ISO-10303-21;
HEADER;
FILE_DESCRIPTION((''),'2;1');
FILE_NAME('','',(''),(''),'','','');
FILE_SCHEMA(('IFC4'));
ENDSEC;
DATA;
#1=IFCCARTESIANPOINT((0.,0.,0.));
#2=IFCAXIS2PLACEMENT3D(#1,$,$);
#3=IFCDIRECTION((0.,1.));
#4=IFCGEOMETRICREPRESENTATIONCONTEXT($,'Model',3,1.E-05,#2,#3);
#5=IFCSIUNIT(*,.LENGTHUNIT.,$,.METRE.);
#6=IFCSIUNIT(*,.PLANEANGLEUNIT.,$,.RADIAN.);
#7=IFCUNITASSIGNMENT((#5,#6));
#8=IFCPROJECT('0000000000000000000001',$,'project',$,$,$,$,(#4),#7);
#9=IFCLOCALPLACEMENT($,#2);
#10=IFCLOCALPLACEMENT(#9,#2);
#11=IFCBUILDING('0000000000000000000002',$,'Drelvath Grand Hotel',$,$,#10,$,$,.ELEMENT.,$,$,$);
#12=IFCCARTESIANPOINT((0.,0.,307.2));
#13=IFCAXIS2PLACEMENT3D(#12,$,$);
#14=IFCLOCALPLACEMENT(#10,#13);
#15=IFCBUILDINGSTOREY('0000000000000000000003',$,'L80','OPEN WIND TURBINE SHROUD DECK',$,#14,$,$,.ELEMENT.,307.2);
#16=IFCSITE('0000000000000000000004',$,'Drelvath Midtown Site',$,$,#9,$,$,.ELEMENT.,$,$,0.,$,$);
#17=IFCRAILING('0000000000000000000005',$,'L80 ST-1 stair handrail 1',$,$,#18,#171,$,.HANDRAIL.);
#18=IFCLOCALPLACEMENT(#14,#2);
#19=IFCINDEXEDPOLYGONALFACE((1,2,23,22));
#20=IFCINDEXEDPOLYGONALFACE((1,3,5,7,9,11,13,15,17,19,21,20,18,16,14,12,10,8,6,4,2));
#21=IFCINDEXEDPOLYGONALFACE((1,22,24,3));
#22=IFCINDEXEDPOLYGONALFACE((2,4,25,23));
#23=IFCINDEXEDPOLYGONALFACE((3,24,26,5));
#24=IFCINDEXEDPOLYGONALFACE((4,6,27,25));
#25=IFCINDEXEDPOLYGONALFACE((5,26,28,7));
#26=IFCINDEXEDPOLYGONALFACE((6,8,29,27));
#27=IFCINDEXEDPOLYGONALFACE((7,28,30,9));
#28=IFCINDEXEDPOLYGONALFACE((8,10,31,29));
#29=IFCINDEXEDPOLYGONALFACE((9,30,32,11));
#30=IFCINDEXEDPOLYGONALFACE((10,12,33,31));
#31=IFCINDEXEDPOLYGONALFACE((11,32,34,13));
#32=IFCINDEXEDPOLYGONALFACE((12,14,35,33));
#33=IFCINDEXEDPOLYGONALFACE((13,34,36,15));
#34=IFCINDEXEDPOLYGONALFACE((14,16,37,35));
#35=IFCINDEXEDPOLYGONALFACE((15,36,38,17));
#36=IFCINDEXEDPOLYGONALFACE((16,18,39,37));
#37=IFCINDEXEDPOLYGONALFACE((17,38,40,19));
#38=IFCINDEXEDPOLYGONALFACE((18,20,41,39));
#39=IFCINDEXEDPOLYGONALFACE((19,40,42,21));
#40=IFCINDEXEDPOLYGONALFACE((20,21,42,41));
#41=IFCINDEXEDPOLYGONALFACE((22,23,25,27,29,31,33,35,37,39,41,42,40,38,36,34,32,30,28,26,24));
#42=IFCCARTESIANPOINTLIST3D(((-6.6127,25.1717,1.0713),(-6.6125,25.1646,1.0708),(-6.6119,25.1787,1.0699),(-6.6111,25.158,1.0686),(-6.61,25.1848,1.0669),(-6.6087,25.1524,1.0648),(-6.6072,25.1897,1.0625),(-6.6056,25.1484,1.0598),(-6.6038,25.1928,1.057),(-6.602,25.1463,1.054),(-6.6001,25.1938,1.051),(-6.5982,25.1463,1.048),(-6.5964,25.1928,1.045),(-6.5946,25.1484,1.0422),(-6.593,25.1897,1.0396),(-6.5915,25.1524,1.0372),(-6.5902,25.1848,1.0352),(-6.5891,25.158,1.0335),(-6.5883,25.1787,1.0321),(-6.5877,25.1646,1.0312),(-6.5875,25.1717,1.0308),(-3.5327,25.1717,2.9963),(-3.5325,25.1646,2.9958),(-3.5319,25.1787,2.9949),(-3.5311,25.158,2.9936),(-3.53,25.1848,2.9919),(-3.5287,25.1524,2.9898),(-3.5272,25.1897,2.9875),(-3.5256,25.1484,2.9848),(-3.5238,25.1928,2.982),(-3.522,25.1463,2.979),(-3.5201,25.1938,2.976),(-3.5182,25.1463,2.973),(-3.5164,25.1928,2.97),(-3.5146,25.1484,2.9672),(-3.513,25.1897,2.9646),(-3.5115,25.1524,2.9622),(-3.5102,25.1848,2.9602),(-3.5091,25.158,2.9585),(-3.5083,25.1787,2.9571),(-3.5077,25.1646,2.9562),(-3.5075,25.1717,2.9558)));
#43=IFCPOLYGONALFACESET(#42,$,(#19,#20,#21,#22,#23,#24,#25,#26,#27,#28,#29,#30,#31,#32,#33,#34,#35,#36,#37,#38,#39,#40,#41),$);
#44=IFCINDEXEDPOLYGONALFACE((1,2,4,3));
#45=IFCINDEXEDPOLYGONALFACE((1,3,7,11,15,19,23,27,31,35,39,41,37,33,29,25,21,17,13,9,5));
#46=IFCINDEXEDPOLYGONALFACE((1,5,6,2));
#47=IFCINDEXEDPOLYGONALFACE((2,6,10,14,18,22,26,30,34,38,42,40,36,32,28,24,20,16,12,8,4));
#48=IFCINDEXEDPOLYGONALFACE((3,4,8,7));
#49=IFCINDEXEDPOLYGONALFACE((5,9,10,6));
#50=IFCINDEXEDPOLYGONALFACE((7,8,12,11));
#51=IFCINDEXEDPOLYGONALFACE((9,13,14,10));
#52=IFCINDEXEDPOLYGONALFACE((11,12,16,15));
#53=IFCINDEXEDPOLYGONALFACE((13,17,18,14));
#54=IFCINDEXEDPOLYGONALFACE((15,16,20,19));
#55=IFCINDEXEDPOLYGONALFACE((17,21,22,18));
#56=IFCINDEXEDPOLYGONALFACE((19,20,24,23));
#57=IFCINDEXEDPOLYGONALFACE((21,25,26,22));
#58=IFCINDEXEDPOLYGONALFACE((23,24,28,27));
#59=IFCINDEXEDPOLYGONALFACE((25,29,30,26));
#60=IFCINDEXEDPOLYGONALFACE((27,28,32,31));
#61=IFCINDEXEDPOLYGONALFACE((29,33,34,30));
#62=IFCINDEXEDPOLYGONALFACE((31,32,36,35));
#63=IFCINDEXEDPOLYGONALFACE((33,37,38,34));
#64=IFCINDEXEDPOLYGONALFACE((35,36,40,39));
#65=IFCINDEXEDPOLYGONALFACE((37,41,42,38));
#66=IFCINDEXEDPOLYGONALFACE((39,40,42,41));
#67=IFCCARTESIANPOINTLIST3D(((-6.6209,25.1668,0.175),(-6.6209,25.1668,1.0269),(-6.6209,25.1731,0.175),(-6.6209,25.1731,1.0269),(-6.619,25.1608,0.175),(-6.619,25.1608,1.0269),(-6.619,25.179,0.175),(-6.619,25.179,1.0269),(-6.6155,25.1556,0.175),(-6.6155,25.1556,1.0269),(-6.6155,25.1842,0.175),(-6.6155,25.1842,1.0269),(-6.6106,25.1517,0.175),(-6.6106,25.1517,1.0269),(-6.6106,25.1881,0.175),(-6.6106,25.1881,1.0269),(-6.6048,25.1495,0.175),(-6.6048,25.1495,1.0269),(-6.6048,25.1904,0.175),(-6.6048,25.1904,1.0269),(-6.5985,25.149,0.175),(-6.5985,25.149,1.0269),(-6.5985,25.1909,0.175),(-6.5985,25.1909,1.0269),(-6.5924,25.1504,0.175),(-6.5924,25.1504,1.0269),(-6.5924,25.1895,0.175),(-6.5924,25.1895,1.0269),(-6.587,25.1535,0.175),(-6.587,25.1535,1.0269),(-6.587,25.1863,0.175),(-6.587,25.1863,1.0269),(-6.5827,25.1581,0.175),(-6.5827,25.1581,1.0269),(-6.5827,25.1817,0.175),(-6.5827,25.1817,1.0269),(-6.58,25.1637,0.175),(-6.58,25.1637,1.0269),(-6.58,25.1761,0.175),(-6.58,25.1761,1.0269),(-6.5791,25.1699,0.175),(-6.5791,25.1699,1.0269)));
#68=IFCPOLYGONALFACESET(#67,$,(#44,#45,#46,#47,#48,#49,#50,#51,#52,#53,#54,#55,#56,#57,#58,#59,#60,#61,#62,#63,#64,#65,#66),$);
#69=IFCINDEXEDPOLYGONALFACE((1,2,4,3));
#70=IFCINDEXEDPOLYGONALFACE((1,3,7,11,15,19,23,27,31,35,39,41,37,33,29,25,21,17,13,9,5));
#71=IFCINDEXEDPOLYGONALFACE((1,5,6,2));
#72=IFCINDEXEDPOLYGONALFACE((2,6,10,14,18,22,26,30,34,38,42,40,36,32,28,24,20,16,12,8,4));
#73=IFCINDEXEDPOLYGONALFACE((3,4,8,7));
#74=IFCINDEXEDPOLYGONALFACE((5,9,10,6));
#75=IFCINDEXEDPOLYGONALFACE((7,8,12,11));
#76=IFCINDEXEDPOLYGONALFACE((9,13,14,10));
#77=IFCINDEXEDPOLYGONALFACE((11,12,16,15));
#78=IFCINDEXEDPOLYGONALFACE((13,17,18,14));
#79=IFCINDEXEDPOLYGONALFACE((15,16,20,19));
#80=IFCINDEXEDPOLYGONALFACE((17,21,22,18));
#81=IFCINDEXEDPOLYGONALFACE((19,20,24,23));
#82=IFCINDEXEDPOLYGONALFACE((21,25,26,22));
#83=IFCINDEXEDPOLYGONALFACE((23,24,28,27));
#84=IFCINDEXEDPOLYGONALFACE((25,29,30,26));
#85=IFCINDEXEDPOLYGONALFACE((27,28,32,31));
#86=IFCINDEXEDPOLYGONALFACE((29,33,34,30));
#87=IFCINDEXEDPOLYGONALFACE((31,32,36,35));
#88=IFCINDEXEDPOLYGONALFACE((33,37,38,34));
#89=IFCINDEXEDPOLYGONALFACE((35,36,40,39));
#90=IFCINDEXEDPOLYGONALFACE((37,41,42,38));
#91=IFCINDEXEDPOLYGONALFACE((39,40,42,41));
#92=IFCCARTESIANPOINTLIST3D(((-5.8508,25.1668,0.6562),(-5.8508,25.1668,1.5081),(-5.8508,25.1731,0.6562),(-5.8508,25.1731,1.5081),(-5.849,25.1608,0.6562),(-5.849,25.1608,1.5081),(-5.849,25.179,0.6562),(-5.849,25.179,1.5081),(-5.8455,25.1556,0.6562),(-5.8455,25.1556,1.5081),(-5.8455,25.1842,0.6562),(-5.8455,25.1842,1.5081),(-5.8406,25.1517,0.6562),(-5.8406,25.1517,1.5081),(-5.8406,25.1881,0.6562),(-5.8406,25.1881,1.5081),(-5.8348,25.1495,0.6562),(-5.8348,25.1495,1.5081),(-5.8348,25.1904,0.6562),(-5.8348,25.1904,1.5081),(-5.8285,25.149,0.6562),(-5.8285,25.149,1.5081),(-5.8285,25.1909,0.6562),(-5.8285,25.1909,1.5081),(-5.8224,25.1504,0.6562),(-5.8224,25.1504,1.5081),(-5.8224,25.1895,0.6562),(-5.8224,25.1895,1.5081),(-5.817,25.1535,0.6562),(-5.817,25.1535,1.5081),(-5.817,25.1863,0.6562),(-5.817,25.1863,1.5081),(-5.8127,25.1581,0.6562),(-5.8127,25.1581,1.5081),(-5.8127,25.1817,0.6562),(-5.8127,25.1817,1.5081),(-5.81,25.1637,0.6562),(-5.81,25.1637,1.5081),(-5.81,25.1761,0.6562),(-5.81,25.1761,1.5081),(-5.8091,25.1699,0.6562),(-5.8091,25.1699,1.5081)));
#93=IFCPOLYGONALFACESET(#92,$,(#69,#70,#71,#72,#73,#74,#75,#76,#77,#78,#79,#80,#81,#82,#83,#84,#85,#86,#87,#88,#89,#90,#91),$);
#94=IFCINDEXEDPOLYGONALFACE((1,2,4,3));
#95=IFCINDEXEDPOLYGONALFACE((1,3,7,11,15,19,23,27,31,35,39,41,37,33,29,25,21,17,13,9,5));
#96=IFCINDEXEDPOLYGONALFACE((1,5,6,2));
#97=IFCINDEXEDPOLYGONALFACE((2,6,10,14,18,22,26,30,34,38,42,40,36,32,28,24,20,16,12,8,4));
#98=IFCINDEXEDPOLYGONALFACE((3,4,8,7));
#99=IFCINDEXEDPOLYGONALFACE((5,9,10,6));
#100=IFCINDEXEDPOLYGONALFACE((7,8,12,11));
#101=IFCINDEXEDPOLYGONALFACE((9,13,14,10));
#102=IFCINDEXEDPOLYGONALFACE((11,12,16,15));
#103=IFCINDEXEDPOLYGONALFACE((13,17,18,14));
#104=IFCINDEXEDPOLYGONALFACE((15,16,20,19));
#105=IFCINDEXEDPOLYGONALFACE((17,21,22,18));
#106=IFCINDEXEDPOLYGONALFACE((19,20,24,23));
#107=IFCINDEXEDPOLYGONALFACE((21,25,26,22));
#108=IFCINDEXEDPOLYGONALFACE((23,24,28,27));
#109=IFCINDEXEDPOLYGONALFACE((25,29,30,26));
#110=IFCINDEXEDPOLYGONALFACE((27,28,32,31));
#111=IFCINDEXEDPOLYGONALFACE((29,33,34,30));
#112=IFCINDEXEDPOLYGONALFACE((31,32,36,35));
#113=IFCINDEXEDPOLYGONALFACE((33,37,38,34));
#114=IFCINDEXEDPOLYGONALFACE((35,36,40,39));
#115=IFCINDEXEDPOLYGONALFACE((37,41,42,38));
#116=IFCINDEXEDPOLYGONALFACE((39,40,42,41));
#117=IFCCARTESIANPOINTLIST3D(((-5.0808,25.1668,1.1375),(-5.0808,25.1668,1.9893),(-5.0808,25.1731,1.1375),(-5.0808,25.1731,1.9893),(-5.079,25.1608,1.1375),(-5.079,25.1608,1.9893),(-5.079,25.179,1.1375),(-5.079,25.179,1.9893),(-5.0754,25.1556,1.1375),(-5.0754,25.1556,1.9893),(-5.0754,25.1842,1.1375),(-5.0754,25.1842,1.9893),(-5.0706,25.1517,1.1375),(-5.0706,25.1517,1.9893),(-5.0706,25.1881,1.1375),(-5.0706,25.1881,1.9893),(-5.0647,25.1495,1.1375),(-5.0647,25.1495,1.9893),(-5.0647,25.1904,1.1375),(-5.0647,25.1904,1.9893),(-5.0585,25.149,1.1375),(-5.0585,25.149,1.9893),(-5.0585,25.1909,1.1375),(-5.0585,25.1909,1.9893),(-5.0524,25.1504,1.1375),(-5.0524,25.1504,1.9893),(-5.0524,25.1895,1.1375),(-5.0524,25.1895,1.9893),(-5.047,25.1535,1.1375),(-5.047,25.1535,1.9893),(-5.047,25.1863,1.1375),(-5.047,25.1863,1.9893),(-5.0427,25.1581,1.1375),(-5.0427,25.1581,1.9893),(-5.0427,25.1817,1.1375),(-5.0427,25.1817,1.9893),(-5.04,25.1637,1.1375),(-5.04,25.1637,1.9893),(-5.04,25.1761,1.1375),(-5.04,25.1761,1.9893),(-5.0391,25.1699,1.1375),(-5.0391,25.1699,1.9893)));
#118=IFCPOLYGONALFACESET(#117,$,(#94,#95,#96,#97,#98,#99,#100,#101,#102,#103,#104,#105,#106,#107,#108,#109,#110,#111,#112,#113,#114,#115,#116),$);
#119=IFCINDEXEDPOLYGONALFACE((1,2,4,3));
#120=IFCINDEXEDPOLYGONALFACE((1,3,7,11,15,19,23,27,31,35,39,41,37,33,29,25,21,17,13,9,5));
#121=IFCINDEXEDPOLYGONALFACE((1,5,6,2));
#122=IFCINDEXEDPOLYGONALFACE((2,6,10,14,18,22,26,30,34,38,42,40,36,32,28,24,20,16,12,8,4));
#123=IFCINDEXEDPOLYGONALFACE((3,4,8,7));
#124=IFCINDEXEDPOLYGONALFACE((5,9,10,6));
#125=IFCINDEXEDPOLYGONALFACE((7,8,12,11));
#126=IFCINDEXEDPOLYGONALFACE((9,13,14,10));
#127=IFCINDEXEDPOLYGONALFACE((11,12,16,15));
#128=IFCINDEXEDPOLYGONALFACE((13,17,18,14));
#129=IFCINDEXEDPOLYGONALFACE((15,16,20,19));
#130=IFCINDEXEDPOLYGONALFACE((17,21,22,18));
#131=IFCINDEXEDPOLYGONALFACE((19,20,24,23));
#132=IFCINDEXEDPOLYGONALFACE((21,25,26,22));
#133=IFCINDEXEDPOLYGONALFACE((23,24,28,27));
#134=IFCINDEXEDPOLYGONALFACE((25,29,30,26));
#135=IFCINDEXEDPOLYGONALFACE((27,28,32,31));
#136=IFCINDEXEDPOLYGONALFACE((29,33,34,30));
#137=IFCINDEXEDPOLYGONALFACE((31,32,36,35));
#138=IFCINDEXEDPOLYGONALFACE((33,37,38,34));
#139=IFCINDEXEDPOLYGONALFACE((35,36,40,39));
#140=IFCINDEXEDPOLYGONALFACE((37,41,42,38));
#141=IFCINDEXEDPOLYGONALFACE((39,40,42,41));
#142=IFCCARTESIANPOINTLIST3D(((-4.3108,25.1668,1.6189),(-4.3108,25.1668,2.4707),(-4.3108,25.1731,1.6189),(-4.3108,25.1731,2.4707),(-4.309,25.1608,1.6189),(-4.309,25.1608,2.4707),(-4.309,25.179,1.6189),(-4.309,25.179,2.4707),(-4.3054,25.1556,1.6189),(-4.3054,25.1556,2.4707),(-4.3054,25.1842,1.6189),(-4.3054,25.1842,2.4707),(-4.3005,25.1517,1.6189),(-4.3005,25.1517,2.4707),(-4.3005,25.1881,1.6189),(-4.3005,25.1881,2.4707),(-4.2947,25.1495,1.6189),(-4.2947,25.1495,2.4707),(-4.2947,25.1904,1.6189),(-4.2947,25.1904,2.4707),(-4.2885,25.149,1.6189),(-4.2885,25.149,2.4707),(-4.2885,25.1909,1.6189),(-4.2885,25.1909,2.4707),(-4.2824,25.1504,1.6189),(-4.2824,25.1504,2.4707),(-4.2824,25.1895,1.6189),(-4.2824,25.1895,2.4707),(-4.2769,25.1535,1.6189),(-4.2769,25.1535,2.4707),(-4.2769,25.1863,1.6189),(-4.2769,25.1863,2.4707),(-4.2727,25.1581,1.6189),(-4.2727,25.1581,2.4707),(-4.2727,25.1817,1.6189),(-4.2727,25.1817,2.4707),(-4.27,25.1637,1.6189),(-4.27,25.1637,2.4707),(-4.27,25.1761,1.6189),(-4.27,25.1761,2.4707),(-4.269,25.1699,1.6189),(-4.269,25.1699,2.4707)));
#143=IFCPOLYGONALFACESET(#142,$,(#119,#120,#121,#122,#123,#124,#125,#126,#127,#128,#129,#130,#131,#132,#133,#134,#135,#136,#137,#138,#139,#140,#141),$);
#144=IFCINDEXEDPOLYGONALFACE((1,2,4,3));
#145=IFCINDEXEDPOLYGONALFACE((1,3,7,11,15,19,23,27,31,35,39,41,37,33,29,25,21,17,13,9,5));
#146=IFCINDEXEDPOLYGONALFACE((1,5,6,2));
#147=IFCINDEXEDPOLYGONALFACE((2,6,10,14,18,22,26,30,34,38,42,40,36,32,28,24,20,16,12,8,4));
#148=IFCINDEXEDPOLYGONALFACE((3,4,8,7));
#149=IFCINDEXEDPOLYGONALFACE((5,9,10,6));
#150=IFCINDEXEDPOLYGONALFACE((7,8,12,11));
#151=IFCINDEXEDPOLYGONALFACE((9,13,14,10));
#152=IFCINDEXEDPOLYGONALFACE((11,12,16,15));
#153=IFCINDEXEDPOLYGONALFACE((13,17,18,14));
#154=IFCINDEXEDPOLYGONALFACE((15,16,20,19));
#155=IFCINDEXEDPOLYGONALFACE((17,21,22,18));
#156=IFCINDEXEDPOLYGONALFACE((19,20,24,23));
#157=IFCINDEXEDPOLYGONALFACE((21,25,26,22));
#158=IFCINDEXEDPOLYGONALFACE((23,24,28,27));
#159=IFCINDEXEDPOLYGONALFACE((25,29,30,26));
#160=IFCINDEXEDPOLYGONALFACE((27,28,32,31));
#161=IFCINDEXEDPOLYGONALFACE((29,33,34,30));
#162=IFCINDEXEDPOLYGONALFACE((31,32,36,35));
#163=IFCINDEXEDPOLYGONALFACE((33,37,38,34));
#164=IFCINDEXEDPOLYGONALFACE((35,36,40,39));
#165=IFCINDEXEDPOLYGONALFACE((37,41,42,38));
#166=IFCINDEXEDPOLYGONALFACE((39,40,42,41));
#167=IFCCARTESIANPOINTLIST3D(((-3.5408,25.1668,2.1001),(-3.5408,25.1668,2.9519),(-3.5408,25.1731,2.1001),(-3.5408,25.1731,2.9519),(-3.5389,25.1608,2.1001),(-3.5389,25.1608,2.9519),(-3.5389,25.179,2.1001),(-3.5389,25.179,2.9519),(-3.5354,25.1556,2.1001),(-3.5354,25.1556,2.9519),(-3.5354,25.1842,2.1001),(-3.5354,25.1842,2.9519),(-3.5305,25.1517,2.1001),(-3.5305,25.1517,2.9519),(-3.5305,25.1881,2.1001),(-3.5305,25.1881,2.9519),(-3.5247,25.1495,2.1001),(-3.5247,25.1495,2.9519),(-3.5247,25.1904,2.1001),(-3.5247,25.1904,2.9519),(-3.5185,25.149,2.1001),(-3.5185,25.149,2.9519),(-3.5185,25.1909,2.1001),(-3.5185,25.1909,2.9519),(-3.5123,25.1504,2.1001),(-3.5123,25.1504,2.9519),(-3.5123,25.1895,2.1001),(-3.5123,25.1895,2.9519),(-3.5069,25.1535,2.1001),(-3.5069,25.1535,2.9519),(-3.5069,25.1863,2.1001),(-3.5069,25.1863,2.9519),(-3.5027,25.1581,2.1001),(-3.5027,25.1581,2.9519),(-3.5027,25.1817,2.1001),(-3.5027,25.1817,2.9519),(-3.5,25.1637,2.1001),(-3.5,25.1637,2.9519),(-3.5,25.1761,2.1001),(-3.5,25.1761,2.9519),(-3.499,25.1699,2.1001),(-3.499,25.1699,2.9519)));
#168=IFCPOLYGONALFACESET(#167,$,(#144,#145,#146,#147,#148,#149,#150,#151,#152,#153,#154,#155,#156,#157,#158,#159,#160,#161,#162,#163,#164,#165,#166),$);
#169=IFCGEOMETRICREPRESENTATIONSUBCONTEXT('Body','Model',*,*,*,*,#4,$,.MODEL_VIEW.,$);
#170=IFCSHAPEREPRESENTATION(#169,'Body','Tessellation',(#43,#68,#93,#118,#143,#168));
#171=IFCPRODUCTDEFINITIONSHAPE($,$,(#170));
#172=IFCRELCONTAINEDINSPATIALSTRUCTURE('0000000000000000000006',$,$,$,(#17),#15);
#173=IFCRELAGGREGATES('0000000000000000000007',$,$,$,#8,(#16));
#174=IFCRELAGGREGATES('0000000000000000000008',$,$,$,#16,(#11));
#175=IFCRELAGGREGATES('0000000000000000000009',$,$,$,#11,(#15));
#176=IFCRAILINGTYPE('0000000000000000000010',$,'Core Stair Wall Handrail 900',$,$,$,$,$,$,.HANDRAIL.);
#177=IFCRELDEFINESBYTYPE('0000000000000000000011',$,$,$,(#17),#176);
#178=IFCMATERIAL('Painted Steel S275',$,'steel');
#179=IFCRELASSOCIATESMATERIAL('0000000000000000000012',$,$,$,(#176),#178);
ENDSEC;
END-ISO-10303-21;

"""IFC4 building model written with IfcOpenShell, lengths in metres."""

from ifc_helpers import new_model, si_unit, direction, frame, origin, origin_2d, place, context, subcontext, project, spatial, circle, extrude, material, type_object, element, save


model = new_model("IFC4")

# Units and contexts
model_context = context("Model", 3, precision=1e-05, world=origin(), true_north=direction((0.0, 1.0)))
body_context = subcontext(model_context, "Body", "Model", "MODEL_VIEW")
ifc_project = project(units=[si_unit("LENGTHUNIT", "METRE"), si_unit("PLANEANGLEUNIT", "RADIAN")], contexts=[model_context])

# Site, building, storey
site_placement = place(None, origin())
site = spatial("IfcSite", under=ifc_project, at=site_placement, Name="Drelvath Midtown Site", CompositionType="ELEMENT", RefElevation=0.0)
building_placement = place(site_placement, origin())
building = spatial("IfcBuilding", under=site, at=building_placement, Name="Drelvath Grand Hotel", CompositionType="ELEMENT")
storey_placement = place(building_placement, frame((0.0, 0.0, 307.2)))
storey = spatial("IfcBuildingStorey", under=building, at=storey_placement, Name="L80", Description="OPEN WIND TURBINE SHROUD DECK", CompositionType="ELEMENT", Elevation=307.2)

# Shared definitions
ifc_material_1 = material(Name="Painted Steel S275", Category="steel")

# Railing
railing_type_1 = type_object("IfcRailingType", Name="Core Stair Wall Handrail 900", PredefinedType="HANDRAIL", material=ifc_material_1)
railing_1_placement = place(storey_placement, frame((-6.6001, 25.1699, 0.175)))
element("IfcRailing", 1, at=railing_1_placement, inside=storey, type_object=railing_type_1, Name="L80 ST-1 stair handrail 1", PredefinedType="HANDRAIL", context=body_context, shape_type="SweptSolid", body=[
    extrude(circle(Radius=0.0239, at=origin_2d()), frame((0.0, 0.0, 0.876), z_axis=(0.847998, 0.0, 0.529999), x_axis=(0.0, 1.0, 0.0)), (0.0, 0.0, 1.0), 3.6321),
    extrude(circle(Radius=0.021, at=origin_2d()), origin(), (0.0, 0.0, 1.0), 0.8518),
    extrude(circle(Radius=0.021, at=origin_2d()), frame((0.77, 0.0, 0.4812)), (0.0, 0.0, 1.0), 0.8518),
    extrude(circle(Radius=0.021, at=origin_2d()), frame((1.54, 0.0, 0.9624)), (0.0, 0.0, 1.0), 0.8518),
    extrude(circle(Radius=0.021, at=origin_2d()), frame((2.3101, 0.0, 1.4438)), (0.0, 0.0, 1.0), 0.8518),
    extrude(circle(Radius=0.021, at=origin_2d()), frame((3.0801, 0.0, 1.925)), (0.0, 0.0, 1.0), 0.8518),
])

save(model, "model.ifc")
